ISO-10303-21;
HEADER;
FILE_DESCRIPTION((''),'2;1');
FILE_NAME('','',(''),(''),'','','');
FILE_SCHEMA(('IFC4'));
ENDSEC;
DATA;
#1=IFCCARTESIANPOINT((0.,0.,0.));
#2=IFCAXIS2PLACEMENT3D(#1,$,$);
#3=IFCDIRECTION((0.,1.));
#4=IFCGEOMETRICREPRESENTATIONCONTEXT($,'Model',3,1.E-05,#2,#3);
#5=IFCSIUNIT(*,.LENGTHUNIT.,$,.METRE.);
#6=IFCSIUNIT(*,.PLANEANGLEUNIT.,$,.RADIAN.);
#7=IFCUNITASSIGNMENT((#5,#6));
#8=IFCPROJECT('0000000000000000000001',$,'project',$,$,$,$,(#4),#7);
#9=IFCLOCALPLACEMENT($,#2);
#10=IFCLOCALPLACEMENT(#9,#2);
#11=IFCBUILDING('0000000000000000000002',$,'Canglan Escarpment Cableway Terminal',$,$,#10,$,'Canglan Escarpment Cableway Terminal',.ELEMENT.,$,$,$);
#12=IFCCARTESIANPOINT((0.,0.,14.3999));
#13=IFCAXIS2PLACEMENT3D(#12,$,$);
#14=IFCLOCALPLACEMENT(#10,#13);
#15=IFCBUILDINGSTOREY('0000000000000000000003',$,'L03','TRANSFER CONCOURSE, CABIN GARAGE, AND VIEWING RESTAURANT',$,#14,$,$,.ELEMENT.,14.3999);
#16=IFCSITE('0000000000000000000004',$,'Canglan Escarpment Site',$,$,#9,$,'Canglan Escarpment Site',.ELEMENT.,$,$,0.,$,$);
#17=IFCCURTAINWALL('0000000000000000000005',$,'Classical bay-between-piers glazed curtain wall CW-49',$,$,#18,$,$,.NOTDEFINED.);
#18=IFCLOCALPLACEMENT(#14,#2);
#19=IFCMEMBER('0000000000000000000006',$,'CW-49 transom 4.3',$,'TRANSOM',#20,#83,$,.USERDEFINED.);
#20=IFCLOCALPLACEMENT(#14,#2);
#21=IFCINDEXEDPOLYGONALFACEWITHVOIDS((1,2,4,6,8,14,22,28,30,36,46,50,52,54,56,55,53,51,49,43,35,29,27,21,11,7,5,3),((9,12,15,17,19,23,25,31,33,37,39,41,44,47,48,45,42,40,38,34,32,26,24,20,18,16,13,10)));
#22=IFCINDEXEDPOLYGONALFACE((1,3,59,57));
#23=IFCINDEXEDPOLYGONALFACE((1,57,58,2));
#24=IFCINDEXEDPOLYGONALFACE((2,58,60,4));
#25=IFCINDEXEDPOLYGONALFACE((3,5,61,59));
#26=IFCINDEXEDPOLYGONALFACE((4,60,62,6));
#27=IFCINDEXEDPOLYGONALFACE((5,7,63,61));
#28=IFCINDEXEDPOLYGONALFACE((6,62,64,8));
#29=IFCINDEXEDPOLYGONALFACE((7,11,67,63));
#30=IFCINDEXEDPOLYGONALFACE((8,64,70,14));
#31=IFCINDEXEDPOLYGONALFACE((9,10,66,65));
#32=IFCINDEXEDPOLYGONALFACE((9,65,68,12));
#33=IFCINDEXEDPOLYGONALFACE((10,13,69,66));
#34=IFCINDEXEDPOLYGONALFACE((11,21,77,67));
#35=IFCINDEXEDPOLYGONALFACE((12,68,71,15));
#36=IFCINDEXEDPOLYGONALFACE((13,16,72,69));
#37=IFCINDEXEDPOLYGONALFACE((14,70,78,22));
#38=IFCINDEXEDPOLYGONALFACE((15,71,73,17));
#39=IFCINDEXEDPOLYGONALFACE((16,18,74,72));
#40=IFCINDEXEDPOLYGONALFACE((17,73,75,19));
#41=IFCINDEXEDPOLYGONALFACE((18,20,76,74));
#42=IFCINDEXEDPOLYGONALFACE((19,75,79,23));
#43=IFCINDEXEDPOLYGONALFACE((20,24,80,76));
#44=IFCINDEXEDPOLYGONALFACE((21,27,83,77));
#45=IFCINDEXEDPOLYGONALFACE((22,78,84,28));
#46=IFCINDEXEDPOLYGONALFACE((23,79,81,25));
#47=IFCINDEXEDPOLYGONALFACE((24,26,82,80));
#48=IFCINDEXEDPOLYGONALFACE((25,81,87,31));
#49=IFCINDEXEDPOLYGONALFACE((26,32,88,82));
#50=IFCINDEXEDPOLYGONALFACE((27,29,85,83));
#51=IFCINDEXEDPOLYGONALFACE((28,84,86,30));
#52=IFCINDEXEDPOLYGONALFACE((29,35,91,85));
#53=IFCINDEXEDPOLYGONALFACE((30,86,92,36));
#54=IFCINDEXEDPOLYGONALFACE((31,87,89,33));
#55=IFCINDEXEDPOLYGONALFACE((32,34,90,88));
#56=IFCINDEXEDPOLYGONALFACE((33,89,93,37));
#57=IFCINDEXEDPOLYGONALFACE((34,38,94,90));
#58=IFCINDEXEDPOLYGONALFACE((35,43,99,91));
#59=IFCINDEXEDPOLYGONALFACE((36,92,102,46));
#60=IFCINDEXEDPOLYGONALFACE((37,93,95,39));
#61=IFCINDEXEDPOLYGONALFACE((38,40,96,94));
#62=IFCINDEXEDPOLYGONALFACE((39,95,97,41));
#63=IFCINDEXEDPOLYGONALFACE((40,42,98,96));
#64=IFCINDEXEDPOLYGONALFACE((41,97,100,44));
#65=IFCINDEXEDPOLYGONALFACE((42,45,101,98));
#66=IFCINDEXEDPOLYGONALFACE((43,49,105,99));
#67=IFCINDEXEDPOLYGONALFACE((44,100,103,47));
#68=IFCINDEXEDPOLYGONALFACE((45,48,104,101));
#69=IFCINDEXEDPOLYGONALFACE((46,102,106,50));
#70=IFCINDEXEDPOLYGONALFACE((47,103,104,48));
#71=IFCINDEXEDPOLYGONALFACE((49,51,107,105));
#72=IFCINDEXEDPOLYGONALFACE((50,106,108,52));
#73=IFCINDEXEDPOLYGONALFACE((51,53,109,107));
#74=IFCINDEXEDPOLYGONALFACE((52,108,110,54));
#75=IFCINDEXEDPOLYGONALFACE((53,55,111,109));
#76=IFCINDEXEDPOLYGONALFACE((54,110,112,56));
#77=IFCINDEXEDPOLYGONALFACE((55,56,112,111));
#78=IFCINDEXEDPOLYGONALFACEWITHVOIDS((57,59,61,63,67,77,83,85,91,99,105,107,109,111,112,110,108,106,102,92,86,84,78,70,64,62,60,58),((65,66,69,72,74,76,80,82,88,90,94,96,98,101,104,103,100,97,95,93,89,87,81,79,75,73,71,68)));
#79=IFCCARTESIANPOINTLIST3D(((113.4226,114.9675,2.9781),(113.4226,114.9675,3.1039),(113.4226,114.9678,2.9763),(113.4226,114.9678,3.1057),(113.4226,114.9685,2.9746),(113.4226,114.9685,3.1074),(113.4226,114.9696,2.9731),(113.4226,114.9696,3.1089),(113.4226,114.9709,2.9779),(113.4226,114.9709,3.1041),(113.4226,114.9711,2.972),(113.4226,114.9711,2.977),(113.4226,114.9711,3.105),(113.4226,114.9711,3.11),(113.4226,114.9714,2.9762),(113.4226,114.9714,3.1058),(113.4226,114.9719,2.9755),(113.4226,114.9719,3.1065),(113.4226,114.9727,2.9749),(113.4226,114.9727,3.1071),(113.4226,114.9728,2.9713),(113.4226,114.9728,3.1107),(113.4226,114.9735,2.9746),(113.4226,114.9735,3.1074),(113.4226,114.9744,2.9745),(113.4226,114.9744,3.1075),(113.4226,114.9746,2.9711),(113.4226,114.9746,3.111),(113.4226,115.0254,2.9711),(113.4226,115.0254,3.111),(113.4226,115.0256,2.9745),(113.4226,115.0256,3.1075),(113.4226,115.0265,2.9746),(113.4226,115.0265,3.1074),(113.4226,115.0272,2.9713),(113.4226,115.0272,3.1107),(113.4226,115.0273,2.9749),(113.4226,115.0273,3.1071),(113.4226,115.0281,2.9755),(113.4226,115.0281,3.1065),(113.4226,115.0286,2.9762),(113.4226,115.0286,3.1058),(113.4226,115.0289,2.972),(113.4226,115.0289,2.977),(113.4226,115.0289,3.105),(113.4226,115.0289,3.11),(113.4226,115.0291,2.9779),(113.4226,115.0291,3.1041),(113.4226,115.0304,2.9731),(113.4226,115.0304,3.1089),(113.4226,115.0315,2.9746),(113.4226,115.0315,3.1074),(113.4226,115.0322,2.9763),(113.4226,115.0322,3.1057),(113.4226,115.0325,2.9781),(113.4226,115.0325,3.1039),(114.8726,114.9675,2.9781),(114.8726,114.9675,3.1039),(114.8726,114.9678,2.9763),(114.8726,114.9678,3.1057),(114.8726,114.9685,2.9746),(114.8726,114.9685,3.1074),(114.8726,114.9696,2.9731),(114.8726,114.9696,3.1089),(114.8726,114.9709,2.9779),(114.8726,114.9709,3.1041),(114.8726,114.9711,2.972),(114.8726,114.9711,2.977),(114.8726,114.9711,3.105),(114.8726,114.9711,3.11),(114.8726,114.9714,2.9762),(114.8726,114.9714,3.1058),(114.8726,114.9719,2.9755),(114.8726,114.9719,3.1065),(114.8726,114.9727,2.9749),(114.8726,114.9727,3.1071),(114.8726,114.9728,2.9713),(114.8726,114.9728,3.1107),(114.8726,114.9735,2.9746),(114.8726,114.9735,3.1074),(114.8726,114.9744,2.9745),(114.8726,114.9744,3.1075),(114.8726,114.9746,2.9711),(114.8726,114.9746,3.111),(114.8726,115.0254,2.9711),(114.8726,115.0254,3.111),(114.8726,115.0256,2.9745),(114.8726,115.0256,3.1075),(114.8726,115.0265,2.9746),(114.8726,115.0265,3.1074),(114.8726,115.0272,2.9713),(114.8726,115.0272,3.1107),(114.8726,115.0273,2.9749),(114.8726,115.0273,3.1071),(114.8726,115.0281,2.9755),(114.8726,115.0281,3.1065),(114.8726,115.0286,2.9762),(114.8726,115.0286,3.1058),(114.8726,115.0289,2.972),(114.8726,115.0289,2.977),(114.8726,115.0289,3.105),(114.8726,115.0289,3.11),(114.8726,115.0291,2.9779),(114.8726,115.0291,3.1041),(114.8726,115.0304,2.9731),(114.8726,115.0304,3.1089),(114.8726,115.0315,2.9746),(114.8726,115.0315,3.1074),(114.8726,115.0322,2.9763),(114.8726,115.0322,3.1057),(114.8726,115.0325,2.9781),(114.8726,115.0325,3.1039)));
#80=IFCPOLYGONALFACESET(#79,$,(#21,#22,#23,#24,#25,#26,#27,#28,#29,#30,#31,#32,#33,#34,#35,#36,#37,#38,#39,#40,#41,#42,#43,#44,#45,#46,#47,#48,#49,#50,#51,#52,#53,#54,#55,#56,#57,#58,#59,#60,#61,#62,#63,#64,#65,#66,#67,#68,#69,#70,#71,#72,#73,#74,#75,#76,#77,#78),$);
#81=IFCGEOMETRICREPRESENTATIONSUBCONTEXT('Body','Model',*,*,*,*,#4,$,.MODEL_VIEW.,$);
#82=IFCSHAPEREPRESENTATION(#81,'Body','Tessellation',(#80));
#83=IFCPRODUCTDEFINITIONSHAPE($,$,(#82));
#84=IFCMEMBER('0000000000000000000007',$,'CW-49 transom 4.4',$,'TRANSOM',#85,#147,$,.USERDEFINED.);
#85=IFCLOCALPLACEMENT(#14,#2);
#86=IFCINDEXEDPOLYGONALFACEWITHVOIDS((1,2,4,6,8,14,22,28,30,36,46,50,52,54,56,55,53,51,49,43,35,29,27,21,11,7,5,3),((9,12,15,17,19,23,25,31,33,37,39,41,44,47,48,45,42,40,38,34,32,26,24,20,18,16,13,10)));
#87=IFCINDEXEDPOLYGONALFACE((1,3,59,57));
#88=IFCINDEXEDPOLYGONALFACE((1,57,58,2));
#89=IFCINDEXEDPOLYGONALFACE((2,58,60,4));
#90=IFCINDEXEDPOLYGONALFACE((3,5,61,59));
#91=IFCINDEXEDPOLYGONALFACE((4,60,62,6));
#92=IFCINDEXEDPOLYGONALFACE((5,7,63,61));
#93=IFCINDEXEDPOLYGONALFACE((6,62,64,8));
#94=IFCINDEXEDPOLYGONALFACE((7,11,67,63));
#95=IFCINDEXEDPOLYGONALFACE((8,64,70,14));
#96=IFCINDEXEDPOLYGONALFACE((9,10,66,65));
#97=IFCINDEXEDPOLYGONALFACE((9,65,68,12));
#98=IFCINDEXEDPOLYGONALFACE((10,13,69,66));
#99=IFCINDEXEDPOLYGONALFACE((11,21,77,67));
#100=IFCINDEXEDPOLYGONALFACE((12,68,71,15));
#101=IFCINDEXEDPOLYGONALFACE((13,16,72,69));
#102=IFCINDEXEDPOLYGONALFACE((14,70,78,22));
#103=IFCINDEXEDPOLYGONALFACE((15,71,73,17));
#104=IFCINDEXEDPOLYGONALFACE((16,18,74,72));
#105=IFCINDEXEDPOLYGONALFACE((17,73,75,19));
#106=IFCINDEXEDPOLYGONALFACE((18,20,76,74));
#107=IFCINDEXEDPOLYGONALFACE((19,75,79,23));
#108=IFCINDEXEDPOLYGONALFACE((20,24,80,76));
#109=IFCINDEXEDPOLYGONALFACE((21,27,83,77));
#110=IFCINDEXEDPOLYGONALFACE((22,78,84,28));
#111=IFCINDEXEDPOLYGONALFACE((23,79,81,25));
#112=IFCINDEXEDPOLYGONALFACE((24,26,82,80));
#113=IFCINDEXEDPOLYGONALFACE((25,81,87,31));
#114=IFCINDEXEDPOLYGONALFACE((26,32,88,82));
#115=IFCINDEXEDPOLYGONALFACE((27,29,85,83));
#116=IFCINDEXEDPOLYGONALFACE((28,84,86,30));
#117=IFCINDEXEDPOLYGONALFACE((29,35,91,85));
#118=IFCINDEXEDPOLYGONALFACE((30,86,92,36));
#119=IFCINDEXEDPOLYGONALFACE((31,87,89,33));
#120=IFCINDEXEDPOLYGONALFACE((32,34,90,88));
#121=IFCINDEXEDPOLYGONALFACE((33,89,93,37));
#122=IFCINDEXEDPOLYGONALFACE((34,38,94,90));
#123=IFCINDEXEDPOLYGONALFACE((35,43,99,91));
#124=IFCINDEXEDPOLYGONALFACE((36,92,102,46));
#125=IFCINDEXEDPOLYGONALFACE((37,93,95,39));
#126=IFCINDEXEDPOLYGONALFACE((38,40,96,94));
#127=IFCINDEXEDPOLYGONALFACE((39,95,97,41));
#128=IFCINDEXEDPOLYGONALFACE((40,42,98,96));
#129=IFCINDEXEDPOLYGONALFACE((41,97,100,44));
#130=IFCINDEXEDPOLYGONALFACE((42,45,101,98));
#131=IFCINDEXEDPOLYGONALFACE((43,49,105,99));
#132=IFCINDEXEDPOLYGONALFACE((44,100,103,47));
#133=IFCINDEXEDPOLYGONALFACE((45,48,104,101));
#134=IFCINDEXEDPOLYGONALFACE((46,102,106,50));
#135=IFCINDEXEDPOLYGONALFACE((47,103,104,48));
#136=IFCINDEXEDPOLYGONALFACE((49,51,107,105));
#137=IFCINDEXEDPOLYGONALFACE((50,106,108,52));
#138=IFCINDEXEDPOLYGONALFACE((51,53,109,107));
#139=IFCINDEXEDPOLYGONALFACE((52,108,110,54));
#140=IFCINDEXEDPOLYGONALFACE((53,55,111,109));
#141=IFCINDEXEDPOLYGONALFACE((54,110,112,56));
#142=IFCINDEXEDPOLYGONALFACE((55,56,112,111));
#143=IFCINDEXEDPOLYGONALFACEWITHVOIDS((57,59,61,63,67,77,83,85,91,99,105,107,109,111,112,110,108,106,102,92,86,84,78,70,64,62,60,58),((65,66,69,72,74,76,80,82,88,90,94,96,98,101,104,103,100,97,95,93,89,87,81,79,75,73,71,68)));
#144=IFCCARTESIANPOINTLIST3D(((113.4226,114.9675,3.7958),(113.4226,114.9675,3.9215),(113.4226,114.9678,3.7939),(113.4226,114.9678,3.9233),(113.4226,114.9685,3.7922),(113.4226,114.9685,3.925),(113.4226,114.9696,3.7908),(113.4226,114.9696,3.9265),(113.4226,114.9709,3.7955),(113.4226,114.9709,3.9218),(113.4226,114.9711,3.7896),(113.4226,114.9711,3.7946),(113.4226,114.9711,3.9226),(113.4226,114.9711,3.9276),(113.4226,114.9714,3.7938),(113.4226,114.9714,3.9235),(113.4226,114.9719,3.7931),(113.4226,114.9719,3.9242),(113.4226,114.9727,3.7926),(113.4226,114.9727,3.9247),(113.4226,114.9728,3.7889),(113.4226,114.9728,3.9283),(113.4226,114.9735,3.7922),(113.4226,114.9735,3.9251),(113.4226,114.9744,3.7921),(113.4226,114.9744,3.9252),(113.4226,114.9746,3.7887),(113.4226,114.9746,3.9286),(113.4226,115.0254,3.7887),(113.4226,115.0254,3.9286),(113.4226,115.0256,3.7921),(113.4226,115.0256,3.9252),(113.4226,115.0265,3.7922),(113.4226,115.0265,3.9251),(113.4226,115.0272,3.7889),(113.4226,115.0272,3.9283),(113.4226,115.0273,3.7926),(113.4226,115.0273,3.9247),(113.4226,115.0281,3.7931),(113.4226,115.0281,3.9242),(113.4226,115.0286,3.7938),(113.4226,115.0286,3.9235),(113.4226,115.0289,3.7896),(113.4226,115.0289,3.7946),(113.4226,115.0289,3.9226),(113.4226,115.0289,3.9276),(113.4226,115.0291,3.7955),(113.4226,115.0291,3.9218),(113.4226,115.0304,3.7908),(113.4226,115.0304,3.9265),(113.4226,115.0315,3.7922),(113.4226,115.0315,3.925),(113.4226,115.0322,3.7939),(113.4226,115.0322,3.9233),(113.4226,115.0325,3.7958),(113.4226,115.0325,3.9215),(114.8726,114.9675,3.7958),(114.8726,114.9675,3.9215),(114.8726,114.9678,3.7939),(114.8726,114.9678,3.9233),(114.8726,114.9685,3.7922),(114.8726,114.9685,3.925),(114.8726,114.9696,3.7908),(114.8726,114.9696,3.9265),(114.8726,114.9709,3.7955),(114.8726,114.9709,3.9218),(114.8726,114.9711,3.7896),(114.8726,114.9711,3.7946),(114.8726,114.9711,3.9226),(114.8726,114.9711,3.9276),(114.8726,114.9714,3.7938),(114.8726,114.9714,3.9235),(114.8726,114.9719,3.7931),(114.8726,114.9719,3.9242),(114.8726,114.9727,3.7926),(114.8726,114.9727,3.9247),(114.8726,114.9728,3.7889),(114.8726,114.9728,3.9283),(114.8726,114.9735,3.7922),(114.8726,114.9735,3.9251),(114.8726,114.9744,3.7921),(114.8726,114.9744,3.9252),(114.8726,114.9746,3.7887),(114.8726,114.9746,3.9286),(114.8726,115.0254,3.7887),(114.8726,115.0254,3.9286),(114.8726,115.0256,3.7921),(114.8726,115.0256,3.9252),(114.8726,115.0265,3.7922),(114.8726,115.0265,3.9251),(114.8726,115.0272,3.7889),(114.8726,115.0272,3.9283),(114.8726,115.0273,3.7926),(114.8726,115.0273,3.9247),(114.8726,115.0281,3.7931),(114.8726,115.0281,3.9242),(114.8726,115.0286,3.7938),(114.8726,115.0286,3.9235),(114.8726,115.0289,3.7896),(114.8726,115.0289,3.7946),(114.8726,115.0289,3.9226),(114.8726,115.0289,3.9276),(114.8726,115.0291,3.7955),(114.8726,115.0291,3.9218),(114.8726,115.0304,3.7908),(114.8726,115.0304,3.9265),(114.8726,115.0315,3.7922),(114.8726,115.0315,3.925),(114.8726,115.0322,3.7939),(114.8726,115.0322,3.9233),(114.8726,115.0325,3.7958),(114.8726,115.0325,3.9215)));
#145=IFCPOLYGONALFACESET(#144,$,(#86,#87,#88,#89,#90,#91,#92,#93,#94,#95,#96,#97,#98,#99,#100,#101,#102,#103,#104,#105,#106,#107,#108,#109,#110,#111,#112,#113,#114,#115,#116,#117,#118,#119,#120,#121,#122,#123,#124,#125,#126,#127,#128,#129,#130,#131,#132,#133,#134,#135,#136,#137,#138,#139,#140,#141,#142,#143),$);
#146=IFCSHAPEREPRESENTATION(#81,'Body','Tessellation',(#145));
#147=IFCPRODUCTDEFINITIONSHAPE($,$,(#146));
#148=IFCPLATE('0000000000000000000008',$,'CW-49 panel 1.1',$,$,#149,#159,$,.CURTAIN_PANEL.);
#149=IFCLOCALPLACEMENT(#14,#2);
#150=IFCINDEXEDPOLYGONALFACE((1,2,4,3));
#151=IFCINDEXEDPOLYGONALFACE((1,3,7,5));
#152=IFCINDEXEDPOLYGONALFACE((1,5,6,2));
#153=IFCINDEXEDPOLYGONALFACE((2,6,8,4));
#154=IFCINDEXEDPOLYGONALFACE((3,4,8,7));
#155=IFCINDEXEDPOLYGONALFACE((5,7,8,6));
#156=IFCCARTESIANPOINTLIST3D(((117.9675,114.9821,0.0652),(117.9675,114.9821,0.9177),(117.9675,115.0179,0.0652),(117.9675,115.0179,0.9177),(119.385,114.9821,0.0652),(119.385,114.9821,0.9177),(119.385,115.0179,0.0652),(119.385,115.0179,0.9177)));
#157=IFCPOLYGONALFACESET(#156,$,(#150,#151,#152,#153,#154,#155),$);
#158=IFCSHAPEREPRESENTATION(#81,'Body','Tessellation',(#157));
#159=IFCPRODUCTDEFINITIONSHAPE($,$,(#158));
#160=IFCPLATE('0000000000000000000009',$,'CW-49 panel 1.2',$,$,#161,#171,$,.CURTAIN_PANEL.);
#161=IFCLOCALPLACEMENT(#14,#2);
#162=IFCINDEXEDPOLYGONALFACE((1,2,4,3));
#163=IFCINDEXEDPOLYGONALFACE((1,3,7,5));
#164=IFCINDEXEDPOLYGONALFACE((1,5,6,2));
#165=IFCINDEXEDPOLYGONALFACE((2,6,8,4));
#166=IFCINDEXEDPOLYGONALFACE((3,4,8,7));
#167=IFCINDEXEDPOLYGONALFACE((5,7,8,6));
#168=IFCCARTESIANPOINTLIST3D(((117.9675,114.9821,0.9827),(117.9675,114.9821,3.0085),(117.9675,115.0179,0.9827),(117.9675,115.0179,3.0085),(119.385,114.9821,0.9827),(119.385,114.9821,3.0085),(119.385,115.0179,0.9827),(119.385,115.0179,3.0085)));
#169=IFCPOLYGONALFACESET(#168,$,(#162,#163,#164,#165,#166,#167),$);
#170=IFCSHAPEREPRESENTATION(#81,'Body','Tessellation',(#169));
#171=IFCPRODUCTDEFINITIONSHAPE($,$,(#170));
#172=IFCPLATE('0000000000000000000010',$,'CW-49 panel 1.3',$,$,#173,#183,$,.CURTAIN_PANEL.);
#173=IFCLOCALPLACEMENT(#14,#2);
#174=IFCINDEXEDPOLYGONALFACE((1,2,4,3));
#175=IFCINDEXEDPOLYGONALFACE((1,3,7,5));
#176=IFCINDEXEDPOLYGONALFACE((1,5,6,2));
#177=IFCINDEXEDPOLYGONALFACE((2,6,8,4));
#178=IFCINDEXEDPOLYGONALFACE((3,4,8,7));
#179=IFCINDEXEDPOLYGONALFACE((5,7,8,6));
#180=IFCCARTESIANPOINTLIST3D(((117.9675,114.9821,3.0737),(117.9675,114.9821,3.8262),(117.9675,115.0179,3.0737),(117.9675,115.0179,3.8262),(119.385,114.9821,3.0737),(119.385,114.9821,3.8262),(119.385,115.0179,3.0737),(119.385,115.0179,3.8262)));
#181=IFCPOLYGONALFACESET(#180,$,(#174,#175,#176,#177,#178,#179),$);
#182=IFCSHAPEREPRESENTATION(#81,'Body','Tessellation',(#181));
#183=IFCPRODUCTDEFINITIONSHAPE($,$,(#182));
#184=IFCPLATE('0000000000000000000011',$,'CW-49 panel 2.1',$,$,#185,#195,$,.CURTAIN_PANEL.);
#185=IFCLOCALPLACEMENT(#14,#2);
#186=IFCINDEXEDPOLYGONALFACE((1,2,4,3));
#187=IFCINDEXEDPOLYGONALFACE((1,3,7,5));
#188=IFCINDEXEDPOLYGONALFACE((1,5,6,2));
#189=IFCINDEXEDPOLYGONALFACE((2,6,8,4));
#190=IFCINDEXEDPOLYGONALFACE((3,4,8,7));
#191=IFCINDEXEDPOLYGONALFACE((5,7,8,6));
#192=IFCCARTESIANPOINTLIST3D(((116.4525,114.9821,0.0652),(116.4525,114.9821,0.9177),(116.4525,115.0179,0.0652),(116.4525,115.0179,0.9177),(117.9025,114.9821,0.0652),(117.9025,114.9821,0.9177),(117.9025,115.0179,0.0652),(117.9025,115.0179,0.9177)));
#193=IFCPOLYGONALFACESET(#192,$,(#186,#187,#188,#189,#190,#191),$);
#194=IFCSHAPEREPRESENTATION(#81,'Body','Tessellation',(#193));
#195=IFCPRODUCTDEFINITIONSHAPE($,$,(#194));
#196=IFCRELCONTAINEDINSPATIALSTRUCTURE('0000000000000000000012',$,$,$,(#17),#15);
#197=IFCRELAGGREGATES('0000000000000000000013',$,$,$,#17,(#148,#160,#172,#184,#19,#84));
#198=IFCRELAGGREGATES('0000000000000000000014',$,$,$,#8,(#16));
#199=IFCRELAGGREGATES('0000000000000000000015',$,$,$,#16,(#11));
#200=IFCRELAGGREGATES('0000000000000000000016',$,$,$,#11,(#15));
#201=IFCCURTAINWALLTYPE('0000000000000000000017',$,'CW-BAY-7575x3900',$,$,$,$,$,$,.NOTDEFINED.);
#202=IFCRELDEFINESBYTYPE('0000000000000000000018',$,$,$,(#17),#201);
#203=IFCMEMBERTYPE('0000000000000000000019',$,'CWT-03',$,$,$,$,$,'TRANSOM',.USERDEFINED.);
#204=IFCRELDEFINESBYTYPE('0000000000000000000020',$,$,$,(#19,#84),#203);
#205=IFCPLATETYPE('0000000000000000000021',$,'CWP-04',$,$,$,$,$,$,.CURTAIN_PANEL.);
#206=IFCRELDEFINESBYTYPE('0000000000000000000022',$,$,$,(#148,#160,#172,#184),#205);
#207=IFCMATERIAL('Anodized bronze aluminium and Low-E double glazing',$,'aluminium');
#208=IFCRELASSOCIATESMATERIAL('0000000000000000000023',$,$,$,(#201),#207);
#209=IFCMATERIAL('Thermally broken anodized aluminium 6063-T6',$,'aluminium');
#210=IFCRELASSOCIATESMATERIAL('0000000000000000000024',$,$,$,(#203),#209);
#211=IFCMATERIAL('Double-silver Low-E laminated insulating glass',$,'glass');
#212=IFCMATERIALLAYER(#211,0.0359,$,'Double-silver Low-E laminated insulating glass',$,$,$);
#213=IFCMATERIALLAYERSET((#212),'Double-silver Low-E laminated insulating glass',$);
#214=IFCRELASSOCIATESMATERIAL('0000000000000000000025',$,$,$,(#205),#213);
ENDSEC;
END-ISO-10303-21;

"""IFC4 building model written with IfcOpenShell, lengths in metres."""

from ifc_helpers import new_model, si_unit, direction, frame, origin, origin_2d, place, context, subcontext, project, spatial, rectangle, hollow_rectangle, extrude, material, layer, layer_set, material_profile, profile_set, type_object, element, aggregate, save


model = new_model("IFC4")

# Units and contexts
model_context = context("Model", 3, precision=1e-05, world=origin(), true_north=direction((0.0, 1.0)))
body_context = subcontext(model_context, "Body", "Model", "MODEL_VIEW")
ifc_project = project(units=[si_unit("LENGTHUNIT", "METRE"), si_unit("PLANEANGLEUNIT", "RADIAN")], contexts=[model_context])

# Site, building, storey
site_placement = place(None, origin())
site = spatial("IfcSite", under=ifc_project, at=site_placement, Name="Canglan Escarpment Site", LongName="Canglan Escarpment Site", CompositionType="ELEMENT", RefElevation=0.0)
building_placement = place(site_placement, origin())
building = spatial("IfcBuilding", under=site, at=building_placement, Name="Canglan Escarpment Cableway Terminal", LongName="Canglan Escarpment Cableway Terminal", CompositionType="ELEMENT")
storey_placement = place(building_placement, frame((0.0, 0.0, 14.3999)))
storey = spatial("IfcBuildingStorey", under=building, at=storey_placement, Name="L03", Description="TRANSFER CONCOURSE, CABIN GARAGE, AND VIEWING RESTAURANT", CompositionType="ELEMENT", Elevation=14.3999)

# Curtain wall, members, plates
ifc_material_1 = material(Name="Anodized bronze aluminium and Low-E double glazing", Category="aluminium")
curtain_wall_type = type_object("IfcCurtainWallType", Name="CW-BAY-7575x3900", PredefinedType="NOTDEFINED", material=ifc_material_1)
curtain_wall_placement = place(storey_placement, origin())
curtain_wall = element("IfcCurtainWall", 1, at=curtain_wall_placement, inside=storey, type_object=curtain_wall_type, Name="Classical bay-between-piers glazed curtain wall CW-49", PredefinedType="NOTDEFINED")
ifc_material_2 = material(Name="Thermally broken anodized aluminium 6063-T6", Category="aluminium")
ifc_material_profile_1 = material_profile(ifc_material_2, hollow_rectangle(XDim=0.0649, YDim=0.1399, WallThickness=0.0034, InnerFilletRadius=0.0034, OuterFilletRadius=0.0071, at=origin_2d()), Name="ALU-TRAN 65x140x3.5")
ifc_profile_set_1 = profile_set([ifc_material_profile_1], Name="Thermally broken anodized aluminium 6063-T6")
member_type_1 = type_object("IfcMemberType", Name="CWT-03", ElementType="TRANSOM", PredefinedType="USERDEFINED", material=ifc_profile_set_1)
member_1_placement = place(storey_placement, frame((114.8726, 115.0, 3.041), z_axis=(-1.0, 0.0, 0.0), x_axis=(0.0, -1.0, 0.0)))
member_1 = element("IfcMember", 2, at=member_1_placement, type_object=member_type_1, Name="CW-49 transom 4.3", ObjectType="TRANSOM", PredefinedType="USERDEFINED", context=body_context, shape_type="SweptSolid", body=[
    extrude(hollow_rectangle(XDim=0.0649, YDim=0.1399, WallThickness=0.0034, InnerFilletRadius=0.0034, OuterFilletRadius=0.0071, at=origin_2d()), origin(), (0.0, 0.0, 1.0), 1.45),
])
member_2_placement = place(storey_placement, frame((114.8726, 115.0, 3.8586), z_axis=(-1.0, 0.0, 0.0), x_axis=(0.0, -1.0, 0.0)))
member_2 = element("IfcMember", 3, at=member_2_placement, type_object=member_type_1, Name="CW-49 transom 4.4", ObjectType="TRANSOM", PredefinedType="USERDEFINED", context=body_context, shape_type="SweptSolid", body=[
    extrude(hollow_rectangle(XDim=0.0649, YDim=0.1399, WallThickness=0.0034, InnerFilletRadius=0.0034, OuterFilletRadius=0.0071, at=origin_2d()), origin(), (0.0, 0.0, 1.0), 1.45),
])
ifc_material_3 = material(Name="Double-silver Low-E laminated insulating glass", Category="glass")
ifc_layer = layer(ifc_material_3, 0.0359, Name="Double-silver Low-E laminated insulating glass")
ifc_layer_set = layer_set([ifc_layer], Name="Double-silver Low-E laminated insulating glass")
plate_type = type_object("IfcPlateType", Name="CWP-04", PredefinedType="CURTAIN_PANEL", material=ifc_layer_set)
plate_1_placement = place(storey_placement, frame((118.6763, 115.0, 0.0652), z_axis=(0.0, 0.0, 1.0), x_axis=(-1.0, 0.0, 0.0)))
plate_1 = element("IfcPlate", 4, at=plate_1_placement, type_object=plate_type, Name="CW-49 panel 1.1", PredefinedType="CURTAIN_PANEL", context=body_context, shape_type="SweptSolid", body=[
    extrude(rectangle(XDim=1.4175, YDim=0.0359, at=origin_2d()), origin(), (0.0, 0.0, 1.0), 0.8525),
])
plate_2_placement = place(storey_placement, frame((118.6763, 115.0, 0.9827), z_axis=(0.0, 0.0, 1.0), x_axis=(-1.0, 0.0, 0.0)))
plate_2 = element("IfcPlate", 5, at=plate_2_placement, type_object=plate_type, Name="CW-49 panel 1.2", PredefinedType="CURTAIN_PANEL", context=body_context, shape_type="SweptSolid", body=[
    extrude(rectangle(XDim=1.4175, YDim=0.0359, at=origin_2d()), origin(), (0.0, 0.0, 1.0), 2.0259),
])
plate_3_placement = place(storey_placement, frame((118.6763, 115.0, 3.0737), z_axis=(0.0, 0.0, 1.0), x_axis=(-1.0, 0.0, 0.0)))
plate_3 = element("IfcPlate", 6, at=plate_3_placement, type_object=plate_type, Name="CW-49 panel 1.3", PredefinedType="CURTAIN_PANEL", context=body_context, shape_type="SweptSolid", body=[
    extrude(rectangle(XDim=1.4175, YDim=0.0359, at=origin_2d()), origin(), (0.0, 0.0, 1.0), 0.7524),
])
plate_4_placement = place(storey_placement, frame((117.1775, 115.0, 0.0652), z_axis=(0.0, 0.0, 1.0), x_axis=(-1.0, 0.0, 0.0)))
plate_4 = element("IfcPlate", 7, at=plate_4_placement, type_object=plate_type, Name="CW-49 panel 2.1", PredefinedType="CURTAIN_PANEL", context=body_context, shape_type="SweptSolid", body=[
    extrude(rectangle(XDim=1.45, YDim=0.0359, at=origin_2d()), origin(), (0.0, 0.0, 1.0), 0.8525),
])
aggregate(curtain_wall, [plate_1, plate_2, plate_3, plate_4, member_1, member_2])

save(model, "model.ifc")
